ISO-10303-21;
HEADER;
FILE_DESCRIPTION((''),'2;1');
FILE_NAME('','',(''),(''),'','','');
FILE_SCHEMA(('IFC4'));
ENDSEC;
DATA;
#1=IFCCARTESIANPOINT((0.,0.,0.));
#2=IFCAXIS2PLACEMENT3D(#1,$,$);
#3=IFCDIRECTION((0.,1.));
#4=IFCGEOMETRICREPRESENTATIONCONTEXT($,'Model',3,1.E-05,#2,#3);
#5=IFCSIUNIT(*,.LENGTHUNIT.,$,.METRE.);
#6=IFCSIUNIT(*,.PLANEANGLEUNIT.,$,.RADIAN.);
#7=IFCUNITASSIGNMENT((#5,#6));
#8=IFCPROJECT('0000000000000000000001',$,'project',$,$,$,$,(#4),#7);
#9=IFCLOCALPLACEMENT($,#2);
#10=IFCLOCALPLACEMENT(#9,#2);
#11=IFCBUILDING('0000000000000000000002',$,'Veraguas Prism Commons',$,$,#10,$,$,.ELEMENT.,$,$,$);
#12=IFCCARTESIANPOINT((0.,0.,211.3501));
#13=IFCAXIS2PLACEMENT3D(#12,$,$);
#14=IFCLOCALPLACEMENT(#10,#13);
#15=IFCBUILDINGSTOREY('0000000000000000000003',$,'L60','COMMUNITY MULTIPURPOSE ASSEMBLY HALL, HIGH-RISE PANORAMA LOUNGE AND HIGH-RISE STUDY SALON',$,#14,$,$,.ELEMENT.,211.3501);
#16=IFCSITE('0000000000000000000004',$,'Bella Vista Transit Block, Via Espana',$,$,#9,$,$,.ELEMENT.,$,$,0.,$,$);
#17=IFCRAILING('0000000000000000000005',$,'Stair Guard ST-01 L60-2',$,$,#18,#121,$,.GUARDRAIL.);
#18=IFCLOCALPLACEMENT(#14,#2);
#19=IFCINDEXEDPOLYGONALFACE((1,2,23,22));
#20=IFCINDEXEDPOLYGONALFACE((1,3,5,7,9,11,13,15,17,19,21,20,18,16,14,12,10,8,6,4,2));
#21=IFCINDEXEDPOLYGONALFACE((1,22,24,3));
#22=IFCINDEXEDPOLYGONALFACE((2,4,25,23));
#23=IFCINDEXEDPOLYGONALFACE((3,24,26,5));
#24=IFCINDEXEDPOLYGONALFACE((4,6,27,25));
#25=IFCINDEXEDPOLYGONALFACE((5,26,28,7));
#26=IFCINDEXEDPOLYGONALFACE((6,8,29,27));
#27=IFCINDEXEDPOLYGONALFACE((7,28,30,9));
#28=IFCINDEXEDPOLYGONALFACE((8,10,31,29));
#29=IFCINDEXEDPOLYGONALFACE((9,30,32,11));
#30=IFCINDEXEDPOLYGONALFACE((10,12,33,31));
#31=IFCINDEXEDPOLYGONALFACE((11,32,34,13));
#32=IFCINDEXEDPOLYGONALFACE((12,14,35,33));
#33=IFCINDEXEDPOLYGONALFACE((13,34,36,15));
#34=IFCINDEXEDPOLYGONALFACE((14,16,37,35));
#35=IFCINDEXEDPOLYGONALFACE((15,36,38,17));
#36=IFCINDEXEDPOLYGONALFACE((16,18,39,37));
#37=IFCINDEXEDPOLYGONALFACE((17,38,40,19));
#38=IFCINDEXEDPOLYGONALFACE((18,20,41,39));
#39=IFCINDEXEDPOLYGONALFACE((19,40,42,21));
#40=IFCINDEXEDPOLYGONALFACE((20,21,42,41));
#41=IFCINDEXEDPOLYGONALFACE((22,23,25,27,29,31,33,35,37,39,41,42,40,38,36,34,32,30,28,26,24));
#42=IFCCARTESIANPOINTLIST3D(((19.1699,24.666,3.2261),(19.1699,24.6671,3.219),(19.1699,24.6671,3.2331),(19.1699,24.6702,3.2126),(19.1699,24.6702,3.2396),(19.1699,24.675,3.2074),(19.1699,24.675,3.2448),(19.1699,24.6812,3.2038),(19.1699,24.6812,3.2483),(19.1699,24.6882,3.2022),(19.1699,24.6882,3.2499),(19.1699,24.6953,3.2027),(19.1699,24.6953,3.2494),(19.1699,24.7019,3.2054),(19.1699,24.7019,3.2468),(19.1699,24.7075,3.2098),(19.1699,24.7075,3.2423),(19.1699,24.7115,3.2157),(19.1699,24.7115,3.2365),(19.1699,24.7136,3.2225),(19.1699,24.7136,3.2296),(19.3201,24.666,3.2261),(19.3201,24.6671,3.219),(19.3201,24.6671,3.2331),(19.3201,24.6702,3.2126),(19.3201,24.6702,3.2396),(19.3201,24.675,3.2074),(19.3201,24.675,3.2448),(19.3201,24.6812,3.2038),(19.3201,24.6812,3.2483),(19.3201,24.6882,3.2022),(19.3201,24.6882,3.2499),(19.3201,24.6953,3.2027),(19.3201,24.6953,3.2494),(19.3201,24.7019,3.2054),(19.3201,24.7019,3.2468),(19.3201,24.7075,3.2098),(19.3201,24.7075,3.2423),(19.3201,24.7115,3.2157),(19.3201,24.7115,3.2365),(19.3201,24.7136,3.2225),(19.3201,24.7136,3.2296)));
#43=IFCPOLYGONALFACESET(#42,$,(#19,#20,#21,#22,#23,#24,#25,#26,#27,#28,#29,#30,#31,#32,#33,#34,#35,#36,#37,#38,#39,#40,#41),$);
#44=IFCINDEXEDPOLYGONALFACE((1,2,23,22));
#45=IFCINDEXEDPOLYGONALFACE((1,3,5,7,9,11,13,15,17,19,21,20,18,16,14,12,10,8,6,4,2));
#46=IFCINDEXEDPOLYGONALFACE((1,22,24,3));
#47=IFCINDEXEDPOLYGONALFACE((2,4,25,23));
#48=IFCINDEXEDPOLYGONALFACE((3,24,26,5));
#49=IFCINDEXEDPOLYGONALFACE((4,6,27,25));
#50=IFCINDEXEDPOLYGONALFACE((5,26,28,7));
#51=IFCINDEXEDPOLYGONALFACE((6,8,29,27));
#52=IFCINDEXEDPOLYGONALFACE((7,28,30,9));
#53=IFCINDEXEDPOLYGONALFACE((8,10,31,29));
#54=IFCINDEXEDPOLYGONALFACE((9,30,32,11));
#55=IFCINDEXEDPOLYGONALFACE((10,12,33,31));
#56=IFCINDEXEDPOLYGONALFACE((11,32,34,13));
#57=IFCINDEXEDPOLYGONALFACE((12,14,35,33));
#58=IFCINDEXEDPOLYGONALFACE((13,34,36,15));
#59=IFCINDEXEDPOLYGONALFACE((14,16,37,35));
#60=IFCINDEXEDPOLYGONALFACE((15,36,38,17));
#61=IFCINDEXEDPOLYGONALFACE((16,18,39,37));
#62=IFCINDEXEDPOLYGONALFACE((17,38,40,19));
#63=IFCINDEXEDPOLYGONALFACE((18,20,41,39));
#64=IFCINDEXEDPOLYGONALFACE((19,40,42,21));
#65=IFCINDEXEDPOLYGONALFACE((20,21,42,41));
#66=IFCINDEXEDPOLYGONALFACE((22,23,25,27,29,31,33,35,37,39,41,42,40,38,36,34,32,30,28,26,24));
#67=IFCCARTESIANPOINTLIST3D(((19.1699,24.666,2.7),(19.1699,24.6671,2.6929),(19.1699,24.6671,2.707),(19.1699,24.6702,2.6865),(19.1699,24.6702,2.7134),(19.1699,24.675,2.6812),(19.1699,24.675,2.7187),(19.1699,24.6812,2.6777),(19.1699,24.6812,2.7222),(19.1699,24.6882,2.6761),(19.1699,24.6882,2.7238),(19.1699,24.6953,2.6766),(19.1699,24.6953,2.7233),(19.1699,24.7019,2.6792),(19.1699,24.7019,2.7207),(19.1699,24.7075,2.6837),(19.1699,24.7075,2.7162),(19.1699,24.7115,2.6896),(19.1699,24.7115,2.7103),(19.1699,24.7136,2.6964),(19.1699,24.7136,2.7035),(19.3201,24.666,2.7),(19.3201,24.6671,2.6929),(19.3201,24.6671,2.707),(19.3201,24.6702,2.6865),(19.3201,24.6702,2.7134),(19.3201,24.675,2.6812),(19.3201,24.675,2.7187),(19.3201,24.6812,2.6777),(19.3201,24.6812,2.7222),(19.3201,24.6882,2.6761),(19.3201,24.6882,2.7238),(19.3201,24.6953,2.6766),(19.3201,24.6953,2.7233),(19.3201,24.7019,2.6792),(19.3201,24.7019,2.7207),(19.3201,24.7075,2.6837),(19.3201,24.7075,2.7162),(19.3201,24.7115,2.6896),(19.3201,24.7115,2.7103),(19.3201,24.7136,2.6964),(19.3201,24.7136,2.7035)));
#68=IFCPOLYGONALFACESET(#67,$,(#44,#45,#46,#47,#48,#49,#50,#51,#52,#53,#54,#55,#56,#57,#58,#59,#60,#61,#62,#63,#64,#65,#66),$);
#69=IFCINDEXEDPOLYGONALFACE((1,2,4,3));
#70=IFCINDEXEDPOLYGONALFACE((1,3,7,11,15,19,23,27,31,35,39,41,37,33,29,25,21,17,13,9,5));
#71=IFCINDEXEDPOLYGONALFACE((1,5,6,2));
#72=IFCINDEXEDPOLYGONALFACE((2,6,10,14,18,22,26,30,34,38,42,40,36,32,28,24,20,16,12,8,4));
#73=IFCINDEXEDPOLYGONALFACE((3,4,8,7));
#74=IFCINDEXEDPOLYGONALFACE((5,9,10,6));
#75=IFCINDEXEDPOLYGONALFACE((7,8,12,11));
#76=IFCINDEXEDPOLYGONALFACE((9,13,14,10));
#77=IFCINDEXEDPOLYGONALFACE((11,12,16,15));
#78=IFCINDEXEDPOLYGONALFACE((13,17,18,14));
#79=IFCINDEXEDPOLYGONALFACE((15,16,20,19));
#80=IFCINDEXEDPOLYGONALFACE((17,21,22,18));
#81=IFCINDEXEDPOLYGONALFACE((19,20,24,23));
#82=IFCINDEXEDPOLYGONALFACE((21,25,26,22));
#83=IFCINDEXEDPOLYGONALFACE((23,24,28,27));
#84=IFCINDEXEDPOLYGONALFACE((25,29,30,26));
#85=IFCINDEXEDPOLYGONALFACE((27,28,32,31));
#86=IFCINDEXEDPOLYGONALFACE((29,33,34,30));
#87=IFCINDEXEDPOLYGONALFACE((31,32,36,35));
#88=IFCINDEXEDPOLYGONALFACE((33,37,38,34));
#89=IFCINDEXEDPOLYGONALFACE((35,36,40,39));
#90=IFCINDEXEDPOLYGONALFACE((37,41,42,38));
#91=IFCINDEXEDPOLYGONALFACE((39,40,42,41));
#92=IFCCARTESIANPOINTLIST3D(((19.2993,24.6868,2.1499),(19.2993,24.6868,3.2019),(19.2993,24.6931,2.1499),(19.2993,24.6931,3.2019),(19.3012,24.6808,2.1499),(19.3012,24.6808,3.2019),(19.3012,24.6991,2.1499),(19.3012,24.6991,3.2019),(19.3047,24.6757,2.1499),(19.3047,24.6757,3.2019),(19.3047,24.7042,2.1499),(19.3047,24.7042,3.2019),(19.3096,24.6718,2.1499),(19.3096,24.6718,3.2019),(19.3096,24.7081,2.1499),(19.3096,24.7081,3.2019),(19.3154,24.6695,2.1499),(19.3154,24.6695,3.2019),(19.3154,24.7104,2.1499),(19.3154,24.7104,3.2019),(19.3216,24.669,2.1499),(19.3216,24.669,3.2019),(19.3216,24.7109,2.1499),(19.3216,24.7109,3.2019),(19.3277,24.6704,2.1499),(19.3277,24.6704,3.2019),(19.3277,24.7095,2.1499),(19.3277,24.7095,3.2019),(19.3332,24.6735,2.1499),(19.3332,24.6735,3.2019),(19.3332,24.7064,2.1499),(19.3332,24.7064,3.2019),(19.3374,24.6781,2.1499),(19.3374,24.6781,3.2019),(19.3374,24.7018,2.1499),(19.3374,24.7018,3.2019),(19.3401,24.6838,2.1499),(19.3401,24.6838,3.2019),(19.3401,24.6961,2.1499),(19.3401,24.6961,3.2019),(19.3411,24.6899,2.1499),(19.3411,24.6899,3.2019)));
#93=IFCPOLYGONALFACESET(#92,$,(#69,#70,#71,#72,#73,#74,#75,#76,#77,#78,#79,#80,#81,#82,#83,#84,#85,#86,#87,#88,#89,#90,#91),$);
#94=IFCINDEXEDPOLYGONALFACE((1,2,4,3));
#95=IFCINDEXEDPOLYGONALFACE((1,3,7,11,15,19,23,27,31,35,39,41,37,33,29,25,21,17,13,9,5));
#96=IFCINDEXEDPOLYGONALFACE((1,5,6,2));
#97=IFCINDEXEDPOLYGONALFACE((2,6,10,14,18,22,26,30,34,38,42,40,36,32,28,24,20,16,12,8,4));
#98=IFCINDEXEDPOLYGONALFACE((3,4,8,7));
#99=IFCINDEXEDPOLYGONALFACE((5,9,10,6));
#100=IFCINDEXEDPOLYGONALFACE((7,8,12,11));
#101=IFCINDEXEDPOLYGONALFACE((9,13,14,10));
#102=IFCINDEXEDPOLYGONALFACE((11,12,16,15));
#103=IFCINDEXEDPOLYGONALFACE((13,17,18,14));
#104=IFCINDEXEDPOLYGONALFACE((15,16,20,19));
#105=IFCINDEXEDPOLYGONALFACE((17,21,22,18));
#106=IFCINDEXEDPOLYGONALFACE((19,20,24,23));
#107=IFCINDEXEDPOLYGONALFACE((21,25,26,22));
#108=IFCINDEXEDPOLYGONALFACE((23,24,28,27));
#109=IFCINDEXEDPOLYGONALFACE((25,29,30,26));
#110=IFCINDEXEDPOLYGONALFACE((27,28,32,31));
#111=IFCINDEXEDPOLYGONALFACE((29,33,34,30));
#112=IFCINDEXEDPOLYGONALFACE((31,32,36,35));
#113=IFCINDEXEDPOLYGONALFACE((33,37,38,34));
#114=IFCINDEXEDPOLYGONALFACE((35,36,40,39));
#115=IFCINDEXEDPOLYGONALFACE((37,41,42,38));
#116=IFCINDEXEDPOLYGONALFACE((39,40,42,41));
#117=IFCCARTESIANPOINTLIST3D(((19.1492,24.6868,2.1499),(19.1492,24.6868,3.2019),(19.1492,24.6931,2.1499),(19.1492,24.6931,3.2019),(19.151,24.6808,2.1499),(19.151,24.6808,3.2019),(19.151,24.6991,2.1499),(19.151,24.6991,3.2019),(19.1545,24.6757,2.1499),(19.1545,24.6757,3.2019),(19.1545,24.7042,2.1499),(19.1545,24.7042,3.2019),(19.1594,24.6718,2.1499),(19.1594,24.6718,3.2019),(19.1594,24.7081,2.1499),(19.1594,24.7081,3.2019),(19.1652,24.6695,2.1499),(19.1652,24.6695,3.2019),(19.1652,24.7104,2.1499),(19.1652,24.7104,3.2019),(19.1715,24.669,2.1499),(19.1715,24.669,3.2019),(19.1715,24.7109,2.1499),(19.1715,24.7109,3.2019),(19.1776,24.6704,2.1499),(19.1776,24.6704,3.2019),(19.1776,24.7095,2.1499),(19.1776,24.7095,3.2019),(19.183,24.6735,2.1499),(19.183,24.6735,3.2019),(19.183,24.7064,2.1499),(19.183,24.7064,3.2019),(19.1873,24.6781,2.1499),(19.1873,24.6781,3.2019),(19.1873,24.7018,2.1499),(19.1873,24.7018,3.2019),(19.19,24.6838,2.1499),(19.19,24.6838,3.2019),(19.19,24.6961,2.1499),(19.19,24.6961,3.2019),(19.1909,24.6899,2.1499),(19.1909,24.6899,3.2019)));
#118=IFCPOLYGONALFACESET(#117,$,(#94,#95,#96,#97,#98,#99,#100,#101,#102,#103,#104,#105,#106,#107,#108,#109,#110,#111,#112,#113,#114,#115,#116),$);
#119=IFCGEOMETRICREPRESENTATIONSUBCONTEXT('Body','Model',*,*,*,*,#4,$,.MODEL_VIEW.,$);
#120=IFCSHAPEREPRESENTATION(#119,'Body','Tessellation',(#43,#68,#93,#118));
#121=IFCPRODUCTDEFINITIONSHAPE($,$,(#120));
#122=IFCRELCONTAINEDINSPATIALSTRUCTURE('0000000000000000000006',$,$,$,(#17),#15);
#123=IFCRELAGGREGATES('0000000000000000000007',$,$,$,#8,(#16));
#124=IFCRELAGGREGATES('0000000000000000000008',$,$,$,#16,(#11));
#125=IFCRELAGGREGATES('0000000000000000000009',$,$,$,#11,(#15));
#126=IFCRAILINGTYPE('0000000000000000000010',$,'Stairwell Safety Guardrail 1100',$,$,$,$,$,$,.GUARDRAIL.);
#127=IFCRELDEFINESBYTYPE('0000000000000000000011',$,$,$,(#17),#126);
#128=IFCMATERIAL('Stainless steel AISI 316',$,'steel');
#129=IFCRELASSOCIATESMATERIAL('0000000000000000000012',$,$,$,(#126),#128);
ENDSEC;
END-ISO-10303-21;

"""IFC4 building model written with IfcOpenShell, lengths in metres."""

from ifc_helpers import new_model, si_unit, direction, frame, origin, origin_2d, place, context, subcontext, project, spatial, circle, extrude, material, type_object, element, save


model = new_model("IFC4")

# Units and contexts
model_context = context("Model", 3, precision=1e-05, world=origin(), true_north=direction((0.0, 1.0)))
body_context = subcontext(model_context, "Body", "Model", "MODEL_VIEW")
ifc_project = project(units=[si_unit("LENGTHUNIT", "METRE"), si_unit("PLANEANGLEUNIT", "RADIAN")], contexts=[model_context])

# Site, building, storey
site_placement = place(None, origin())
site = spatial("IfcSite", under=ifc_project, at=site_placement, Name="Bella Vista Transit Block, Via Espana", CompositionType="ELEMENT", RefElevation=0.0)
building_placement = place(site_placement, origin())
building = spatial("IfcBuilding", under=site, at=building_placement, Name="Veraguas Prism Commons", CompositionType="ELEMENT")
storey_placement = place(building_placement, frame((0.0, 0.0, 211.3501)))
storey = spatial("IfcBuildingStorey", under=building, at=storey_placement, Name="L60", Description="COMMUNITY MULTIPURPOSE ASSEMBLY HALL, HIGH-RISE PANORAMA LOUNGE AND HIGH-RISE STUDY SALON", CompositionType="ELEMENT", Elevation=211.3501)

# Shared definitions
ifc_material_1 = material(Name="Stainless steel AISI 316", Category="steel")

# Railing
railing_type_1 = type_object("IfcRailingType", Name="Stairwell Safety Guardrail 1100", PredefinedType="GUARDRAIL", material=ifc_material_1)
railing_1_placement = place(storey_placement, frame((19.3201, 24.6899, 2.1499)))
element("IfcRailing", 1, at=railing_1_placement, inside=storey, type_object=railing_type_1, Name="Stair Guard ST-01 L60-2", PredefinedType="GUARDRAIL", context=body_context, shape_type="SweptSolid", body=[
    extrude(circle(Radius=0.0239, at=origin_2d()), frame((0.0, 0.0, 1.0762), z_axis=(-1.0, 0.0, 0.0), x_axis=(0.0, -1.0, 0.0)), (0.0, 0.0, 1.0), 0.1501),
    extrude(circle(Radius=0.0239, at=origin_2d()), frame((0.0, 0.0, 0.55), z_axis=(-1.0, 0.0, 0.0), x_axis=(0.0, -1.0, 0.0)), (0.0, 0.0, 1.0), 0.1501),
    extrude(circle(Radius=0.021, at=origin_2d()), origin(), (0.0, 0.0, 1.0), 1.052),
    extrude(circle(Radius=0.021, at=origin_2d()), frame((-0.1501, 0.0, 0.0)), (0.0, 0.0, 1.0), 1.052),
])

save(model, "model.ifc")
